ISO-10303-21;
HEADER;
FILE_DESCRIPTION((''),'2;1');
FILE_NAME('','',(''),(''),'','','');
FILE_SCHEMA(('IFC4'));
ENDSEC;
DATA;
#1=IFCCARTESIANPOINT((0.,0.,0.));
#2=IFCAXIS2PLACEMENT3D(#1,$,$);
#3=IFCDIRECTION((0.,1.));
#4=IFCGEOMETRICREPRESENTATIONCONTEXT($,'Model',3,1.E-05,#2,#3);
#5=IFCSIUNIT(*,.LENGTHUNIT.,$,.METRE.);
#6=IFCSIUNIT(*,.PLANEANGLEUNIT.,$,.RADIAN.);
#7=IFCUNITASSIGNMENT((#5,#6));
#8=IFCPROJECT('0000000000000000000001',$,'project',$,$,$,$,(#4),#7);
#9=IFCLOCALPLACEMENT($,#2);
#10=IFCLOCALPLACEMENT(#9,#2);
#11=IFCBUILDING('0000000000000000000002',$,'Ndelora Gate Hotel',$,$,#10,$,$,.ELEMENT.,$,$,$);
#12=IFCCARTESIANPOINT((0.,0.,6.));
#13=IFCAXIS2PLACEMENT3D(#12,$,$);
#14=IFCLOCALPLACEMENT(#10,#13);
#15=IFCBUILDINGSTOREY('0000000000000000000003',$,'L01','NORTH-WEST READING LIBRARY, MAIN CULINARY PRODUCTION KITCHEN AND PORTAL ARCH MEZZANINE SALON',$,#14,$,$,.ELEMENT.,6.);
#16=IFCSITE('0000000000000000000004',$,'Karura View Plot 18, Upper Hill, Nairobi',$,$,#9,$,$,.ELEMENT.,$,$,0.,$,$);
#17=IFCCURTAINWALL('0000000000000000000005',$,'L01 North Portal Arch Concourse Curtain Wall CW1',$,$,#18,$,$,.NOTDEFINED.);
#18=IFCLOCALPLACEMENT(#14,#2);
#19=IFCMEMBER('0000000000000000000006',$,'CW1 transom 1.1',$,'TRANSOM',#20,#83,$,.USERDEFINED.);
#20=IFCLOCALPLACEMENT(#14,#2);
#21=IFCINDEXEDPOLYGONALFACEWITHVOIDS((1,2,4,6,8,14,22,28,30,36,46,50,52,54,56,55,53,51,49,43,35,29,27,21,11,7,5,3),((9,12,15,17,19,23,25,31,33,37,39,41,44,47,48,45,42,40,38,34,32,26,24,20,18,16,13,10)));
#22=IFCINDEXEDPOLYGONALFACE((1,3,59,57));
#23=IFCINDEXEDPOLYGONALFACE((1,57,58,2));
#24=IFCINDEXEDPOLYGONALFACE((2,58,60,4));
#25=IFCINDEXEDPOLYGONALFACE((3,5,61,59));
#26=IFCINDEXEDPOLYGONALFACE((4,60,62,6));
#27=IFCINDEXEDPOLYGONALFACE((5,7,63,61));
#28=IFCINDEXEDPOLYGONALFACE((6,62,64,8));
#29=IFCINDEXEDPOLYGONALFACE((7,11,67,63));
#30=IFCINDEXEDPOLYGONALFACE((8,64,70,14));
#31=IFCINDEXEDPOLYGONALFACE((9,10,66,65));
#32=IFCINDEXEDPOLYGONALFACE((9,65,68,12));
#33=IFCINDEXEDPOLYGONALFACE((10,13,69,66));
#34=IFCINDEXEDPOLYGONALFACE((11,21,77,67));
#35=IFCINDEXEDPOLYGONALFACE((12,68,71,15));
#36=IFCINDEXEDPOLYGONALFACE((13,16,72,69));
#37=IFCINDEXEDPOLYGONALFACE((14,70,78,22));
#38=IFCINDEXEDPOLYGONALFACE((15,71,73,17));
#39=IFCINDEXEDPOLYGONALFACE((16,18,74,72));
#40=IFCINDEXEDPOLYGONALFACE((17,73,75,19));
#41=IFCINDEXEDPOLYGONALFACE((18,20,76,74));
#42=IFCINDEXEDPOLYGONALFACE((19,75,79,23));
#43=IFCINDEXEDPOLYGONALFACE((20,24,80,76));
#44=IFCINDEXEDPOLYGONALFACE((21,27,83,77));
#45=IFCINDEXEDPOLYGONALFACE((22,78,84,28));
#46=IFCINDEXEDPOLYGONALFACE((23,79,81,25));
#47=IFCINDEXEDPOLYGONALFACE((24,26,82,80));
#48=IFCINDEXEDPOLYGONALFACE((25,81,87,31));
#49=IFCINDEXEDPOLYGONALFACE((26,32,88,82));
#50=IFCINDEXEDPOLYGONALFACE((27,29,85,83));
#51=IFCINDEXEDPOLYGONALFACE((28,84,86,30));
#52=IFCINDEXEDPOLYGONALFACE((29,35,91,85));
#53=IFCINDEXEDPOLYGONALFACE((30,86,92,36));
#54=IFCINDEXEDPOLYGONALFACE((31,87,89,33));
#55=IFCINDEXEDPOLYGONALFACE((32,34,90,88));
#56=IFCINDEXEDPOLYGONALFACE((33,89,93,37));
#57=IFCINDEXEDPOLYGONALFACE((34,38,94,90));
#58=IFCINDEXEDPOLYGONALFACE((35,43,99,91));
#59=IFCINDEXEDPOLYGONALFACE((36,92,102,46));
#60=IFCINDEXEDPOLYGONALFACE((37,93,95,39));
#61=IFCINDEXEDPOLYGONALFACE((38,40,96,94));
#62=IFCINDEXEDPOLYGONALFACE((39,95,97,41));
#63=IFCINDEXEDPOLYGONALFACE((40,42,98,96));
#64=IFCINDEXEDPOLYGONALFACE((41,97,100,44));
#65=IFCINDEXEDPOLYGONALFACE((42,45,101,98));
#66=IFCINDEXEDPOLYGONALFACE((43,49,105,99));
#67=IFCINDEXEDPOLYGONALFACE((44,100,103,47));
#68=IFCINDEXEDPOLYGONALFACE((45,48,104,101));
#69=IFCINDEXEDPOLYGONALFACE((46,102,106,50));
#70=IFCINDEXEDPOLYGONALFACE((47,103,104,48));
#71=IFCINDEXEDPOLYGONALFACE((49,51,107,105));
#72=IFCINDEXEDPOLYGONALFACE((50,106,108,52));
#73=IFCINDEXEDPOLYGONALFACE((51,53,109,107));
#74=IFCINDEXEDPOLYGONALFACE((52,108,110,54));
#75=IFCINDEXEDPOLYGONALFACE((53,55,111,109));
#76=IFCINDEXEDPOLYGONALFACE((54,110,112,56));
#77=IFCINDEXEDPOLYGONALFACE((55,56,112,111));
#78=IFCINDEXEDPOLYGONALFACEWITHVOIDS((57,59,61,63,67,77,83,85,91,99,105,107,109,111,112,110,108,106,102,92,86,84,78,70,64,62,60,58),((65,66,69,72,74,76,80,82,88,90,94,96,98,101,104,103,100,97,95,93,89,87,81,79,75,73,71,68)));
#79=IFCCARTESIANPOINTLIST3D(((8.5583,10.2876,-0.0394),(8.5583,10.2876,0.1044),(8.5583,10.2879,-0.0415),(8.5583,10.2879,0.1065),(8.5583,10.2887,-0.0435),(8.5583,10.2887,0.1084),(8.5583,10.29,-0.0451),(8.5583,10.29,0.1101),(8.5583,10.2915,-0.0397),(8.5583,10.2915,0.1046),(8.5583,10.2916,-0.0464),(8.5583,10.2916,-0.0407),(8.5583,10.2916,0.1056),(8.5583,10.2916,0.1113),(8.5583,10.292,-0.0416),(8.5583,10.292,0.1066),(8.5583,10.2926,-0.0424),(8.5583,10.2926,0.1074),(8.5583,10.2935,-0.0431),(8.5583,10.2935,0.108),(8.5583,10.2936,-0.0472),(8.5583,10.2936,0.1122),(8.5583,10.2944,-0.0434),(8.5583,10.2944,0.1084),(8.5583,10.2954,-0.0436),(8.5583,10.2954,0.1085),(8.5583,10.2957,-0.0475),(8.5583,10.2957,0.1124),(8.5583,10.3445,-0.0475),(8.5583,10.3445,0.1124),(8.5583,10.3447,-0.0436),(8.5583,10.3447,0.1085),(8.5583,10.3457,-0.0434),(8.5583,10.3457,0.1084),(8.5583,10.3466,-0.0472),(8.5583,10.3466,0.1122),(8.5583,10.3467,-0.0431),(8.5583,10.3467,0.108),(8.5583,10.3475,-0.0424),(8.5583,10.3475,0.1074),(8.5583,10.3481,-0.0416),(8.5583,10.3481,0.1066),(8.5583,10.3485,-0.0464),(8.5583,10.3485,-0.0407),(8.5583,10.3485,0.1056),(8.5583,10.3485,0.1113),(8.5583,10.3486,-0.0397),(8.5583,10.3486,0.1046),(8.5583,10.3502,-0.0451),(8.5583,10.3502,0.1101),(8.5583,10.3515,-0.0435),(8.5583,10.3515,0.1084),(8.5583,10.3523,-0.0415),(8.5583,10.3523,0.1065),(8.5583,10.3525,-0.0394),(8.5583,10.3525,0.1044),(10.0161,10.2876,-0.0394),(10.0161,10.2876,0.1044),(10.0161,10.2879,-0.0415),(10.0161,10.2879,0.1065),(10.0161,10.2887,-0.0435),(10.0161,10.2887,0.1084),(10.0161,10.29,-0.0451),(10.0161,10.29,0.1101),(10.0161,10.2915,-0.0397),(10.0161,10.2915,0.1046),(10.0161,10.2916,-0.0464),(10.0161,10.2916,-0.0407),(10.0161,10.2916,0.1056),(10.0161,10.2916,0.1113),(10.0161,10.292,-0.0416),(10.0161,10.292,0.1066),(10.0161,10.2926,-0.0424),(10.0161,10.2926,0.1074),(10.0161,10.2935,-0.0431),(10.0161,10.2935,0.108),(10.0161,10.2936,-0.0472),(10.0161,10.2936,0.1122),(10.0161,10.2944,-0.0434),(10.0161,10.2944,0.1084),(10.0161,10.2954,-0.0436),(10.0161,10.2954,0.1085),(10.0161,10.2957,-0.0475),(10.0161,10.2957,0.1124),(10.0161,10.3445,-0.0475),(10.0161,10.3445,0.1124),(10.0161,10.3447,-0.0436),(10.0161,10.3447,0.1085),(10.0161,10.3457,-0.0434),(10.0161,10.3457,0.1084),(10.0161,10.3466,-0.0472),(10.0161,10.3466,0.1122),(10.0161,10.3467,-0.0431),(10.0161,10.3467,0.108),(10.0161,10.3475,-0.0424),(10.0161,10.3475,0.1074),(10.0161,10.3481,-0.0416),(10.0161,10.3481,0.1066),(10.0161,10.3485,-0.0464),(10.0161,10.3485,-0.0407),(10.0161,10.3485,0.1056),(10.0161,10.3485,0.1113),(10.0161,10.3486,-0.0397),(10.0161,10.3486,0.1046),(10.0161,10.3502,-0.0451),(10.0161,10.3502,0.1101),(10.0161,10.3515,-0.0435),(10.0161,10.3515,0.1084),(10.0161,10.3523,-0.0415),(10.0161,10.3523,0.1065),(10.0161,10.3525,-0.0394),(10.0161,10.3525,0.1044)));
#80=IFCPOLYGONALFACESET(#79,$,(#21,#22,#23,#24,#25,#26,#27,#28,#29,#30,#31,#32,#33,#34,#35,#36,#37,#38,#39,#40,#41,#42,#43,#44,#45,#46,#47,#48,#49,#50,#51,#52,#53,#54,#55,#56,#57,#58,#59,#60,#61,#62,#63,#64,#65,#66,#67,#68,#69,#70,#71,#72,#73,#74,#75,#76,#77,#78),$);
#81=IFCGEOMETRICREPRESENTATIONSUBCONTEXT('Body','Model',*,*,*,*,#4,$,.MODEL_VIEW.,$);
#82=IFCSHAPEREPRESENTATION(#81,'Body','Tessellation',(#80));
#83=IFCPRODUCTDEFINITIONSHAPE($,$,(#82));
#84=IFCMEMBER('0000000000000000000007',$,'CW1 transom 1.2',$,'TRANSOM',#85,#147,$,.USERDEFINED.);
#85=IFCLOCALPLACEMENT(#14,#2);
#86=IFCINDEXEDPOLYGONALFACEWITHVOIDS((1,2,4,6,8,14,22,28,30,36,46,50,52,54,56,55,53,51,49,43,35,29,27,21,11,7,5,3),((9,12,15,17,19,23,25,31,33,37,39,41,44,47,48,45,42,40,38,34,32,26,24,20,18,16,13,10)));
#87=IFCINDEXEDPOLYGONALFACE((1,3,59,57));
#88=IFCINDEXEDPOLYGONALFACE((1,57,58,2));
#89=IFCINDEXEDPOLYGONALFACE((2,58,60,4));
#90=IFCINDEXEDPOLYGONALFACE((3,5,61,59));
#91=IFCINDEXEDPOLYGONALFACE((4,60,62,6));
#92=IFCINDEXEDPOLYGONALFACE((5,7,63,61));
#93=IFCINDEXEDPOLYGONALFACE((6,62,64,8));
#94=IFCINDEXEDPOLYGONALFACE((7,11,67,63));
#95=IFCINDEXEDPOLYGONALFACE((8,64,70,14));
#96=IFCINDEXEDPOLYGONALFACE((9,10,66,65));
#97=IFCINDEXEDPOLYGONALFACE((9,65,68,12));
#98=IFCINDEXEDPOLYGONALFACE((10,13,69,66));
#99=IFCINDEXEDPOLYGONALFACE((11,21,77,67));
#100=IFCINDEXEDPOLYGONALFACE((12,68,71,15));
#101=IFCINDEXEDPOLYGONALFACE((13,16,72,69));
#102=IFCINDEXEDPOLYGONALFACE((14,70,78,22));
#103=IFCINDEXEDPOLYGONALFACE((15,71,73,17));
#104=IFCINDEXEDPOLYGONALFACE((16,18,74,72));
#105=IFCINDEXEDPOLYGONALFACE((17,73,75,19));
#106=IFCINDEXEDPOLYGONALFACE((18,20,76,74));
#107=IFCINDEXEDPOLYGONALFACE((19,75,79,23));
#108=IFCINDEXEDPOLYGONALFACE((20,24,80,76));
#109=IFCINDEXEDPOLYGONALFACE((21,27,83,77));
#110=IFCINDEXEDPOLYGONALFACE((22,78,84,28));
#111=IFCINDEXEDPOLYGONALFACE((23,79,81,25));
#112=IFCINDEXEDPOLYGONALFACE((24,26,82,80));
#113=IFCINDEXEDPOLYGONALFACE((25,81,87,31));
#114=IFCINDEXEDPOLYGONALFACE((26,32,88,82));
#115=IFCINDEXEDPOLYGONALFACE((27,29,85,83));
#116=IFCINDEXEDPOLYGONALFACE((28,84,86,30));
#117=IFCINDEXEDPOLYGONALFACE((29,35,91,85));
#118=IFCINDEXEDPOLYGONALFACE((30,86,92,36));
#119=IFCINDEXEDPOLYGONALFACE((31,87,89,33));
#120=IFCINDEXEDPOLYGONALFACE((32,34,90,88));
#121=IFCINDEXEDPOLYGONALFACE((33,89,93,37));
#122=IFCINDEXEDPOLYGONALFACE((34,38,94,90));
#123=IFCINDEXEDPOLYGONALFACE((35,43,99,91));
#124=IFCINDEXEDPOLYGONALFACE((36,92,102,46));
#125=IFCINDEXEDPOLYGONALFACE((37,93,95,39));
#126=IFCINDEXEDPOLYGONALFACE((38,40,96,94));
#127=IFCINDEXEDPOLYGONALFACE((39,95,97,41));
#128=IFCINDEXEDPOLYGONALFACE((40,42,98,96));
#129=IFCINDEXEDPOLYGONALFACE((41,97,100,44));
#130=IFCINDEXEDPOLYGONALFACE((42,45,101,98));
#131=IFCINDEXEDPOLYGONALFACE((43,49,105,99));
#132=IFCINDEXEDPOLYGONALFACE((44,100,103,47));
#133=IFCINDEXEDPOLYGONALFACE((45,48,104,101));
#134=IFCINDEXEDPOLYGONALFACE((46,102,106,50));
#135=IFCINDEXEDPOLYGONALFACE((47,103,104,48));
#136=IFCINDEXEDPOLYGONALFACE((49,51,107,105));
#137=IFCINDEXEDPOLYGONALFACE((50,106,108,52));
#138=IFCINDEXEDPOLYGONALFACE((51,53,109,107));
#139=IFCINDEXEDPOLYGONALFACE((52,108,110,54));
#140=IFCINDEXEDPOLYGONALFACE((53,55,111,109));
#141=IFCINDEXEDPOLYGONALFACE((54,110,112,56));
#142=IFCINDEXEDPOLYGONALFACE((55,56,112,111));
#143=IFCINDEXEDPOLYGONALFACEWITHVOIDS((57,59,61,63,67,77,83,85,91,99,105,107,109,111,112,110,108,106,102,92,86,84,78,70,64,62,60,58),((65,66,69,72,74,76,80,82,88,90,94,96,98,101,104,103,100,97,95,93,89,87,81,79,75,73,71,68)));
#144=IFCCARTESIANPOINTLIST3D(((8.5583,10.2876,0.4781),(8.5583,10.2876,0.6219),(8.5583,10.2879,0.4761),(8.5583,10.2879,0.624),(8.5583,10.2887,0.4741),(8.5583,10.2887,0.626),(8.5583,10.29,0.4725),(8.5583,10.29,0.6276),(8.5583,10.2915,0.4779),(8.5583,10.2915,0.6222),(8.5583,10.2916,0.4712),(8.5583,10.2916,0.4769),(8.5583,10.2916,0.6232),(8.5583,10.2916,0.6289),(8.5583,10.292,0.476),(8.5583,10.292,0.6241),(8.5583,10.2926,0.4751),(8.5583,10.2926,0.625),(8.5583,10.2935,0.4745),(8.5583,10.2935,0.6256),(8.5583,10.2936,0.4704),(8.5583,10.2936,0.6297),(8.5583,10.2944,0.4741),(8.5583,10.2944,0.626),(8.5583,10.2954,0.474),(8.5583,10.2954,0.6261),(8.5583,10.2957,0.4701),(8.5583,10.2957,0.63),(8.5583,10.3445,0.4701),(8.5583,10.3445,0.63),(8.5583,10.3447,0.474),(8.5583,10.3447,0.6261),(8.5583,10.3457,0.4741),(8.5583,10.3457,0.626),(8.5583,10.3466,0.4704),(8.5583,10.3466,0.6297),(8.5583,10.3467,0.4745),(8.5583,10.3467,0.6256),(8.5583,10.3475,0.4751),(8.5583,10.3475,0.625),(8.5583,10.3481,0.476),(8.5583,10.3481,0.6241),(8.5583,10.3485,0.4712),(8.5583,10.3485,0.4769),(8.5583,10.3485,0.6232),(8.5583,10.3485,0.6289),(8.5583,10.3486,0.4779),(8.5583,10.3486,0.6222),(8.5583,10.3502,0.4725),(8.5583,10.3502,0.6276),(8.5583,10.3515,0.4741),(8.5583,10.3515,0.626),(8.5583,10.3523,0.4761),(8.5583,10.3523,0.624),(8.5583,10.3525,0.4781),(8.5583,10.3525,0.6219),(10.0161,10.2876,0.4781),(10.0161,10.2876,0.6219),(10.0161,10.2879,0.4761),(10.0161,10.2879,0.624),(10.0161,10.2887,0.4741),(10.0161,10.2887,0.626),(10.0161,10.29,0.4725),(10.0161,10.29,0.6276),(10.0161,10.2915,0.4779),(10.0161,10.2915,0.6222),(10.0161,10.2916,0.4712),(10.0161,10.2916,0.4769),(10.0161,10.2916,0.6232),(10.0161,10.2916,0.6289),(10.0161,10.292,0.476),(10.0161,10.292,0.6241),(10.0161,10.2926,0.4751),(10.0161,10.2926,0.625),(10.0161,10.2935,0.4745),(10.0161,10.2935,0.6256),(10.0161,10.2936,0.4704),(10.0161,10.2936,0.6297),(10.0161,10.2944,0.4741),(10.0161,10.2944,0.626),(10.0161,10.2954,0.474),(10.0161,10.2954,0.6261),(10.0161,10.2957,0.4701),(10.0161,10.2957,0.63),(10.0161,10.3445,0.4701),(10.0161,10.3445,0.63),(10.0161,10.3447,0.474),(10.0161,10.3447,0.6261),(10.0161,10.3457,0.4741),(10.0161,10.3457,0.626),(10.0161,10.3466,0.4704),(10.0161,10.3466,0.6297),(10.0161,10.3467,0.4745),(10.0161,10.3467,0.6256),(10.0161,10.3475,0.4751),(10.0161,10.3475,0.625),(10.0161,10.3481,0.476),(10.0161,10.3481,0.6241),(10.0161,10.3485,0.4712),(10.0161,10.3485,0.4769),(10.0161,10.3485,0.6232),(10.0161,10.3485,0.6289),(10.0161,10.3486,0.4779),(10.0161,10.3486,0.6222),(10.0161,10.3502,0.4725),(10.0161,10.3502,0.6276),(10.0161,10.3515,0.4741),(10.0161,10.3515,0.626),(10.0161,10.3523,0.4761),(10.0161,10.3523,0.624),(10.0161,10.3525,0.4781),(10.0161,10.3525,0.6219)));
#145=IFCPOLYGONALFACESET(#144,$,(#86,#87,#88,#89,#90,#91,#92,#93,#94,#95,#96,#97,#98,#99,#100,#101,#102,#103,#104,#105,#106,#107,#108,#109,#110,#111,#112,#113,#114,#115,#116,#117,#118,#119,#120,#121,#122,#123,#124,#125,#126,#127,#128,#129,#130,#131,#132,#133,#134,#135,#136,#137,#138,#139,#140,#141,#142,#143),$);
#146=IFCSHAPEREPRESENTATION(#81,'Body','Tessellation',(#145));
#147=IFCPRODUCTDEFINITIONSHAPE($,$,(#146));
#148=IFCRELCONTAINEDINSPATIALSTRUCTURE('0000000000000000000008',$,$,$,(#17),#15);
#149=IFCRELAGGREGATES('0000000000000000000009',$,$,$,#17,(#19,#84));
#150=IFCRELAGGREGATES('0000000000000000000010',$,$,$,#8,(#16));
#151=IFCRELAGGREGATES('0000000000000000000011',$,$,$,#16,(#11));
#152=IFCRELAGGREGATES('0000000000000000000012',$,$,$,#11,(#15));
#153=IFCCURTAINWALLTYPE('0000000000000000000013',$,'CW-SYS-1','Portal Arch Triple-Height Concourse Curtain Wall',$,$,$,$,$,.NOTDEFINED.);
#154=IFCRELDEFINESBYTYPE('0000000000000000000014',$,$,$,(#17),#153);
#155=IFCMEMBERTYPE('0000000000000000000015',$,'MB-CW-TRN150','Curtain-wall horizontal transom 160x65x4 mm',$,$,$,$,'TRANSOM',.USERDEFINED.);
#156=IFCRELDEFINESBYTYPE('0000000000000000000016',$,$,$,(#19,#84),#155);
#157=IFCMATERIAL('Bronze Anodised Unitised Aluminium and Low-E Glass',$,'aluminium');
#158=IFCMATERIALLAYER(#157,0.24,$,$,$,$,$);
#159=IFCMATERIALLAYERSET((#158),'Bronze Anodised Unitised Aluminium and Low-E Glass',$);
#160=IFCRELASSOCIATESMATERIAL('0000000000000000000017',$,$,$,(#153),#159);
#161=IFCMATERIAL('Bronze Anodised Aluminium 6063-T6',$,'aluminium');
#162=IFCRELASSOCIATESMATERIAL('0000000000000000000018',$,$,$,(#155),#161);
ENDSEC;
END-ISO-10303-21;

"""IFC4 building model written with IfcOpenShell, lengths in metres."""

from ifc_helpers import new_model, si_unit, direction, frame, origin, origin_2d, place, context, subcontext, project, spatial, hollow_rectangle, extrude, material, layer, layer_set, material_profile, profile_set, type_object, element, aggregate, save


model = new_model("IFC4")

# Units and contexts
model_context = context("Model", 3, precision=1e-05, world=origin(), true_north=direction((0.0, 1.0)))
body_context = subcontext(model_context, "Body", "Model", "MODEL_VIEW")
ifc_project = project(units=[si_unit("LENGTHUNIT", "METRE"), si_unit("PLANEANGLEUNIT", "RADIAN")], contexts=[model_context])

# Site, building, storey
site_placement = place(None, origin())
site = spatial("IfcSite", under=ifc_project, at=site_placement, Name="Karura View Plot 18, Upper Hill, Nairobi", CompositionType="ELEMENT", RefElevation=0.0)
building_placement = place(site_placement, origin())
building = spatial("IfcBuilding", under=site, at=building_placement, Name="Ndelora Gate Hotel", CompositionType="ELEMENT")
storey_placement = place(building_placement, frame((0.0, 0.0, 6.0)))
storey = spatial("IfcBuildingStorey", under=building, at=storey_placement, Name="L01", Description="NORTH-WEST READING LIBRARY, MAIN CULINARY PRODUCTION KITCHEN AND PORTAL ARCH MEZZANINE SALON", CompositionType="ELEMENT", Elevation=6.0)

# Curtain wall, members
ifc_material_1 = material(Name="Bronze Anodised Unitised Aluminium and Low-E Glass", Category="aluminium")
ifc_layer_1 = layer(ifc_material_1, 0.24)
ifc_layer_set_1 = layer_set([ifc_layer_1], Name="Bronze Anodised Unitised Aluminium and Low-E Glass")
curtain_wall_type = type_object("IfcCurtainWallType", Name="CW-SYS-1", Description="Portal Arch Triple-Height Concourse Curtain Wall", PredefinedType="NOTDEFINED", material=ifc_layer_set_1)
curtain_wall_placement = place(storey_placement, origin())
curtain_wall = element("IfcCurtainWall", 1, at=curtain_wall_placement, inside=storey, type_object=curtain_wall_type, Name="L01 North Portal Arch Concourse Curtain Wall CW1", PredefinedType="NOTDEFINED")
ifc_material_2 = material(Name="Bronze Anodised Aluminium 6063-T6", Category="aluminium")
ifc_material_profile_1 = material_profile(ifc_material_2, hollow_rectangle(XDim=0.0649, YDim=0.1599, WallThickness=0.0039, InnerFilletRadius=0.0039, OuterFilletRadius=0.0081, at=origin_2d()), Name="ALU 160x65x4")
ifc_profile_set_1 = profile_set([ifc_material_profile_1], Name="Bronze Anodised Aluminium 6063-T6")
member_type_1 = type_object("IfcMemberType", Name="MB-CW-TRN150", Description="Curtain-wall horizontal transom 160x65x4 mm", ElementType="TRANSOM", PredefinedType="USERDEFINED", material=ifc_profile_set_1)
member_1_placement = place(storey_placement, frame((10.0161, 10.3201, 0.0325), z_axis=(-1.0, 0.0, 0.0), x_axis=(0.0, -1.0, 0.0)))
member_1 = element("IfcMember", 2, at=member_1_placement, type_object=member_type_1, Name="CW1 transom 1.1", ObjectType="TRANSOM", PredefinedType="USERDEFINED", context=body_context, shape_type="SweptSolid", body=[
    extrude(hollow_rectangle(XDim=0.0649, YDim=0.1599, WallThickness=0.0039, InnerFilletRadius=0.0039, OuterFilletRadius=0.0081, at=origin_2d()), origin(), (0.0, 0.0, 1.0), 1.4578),
])
member_2_placement = place(storey_placement, frame((10.0161, 10.3201, 0.55), z_axis=(-1.0, 0.0, 0.0), x_axis=(0.0, -1.0, 0.0)))
member_2 = element("IfcMember", 3, at=member_2_placement, type_object=member_type_1, Name="CW1 transom 1.2", ObjectType="TRANSOM", PredefinedType="USERDEFINED", context=body_context, shape_type="SweptSolid", body=[
    extrude(hollow_rectangle(XDim=0.0649, YDim=0.1599, WallThickness=0.0039, InnerFilletRadius=0.0039, OuterFilletRadius=0.0081, at=origin_2d()), origin(), (0.0, 0.0, 1.0), 1.4578),
])
aggregate(curtain_wall, [member_1, member_2])

save(model, "model.ifc")
